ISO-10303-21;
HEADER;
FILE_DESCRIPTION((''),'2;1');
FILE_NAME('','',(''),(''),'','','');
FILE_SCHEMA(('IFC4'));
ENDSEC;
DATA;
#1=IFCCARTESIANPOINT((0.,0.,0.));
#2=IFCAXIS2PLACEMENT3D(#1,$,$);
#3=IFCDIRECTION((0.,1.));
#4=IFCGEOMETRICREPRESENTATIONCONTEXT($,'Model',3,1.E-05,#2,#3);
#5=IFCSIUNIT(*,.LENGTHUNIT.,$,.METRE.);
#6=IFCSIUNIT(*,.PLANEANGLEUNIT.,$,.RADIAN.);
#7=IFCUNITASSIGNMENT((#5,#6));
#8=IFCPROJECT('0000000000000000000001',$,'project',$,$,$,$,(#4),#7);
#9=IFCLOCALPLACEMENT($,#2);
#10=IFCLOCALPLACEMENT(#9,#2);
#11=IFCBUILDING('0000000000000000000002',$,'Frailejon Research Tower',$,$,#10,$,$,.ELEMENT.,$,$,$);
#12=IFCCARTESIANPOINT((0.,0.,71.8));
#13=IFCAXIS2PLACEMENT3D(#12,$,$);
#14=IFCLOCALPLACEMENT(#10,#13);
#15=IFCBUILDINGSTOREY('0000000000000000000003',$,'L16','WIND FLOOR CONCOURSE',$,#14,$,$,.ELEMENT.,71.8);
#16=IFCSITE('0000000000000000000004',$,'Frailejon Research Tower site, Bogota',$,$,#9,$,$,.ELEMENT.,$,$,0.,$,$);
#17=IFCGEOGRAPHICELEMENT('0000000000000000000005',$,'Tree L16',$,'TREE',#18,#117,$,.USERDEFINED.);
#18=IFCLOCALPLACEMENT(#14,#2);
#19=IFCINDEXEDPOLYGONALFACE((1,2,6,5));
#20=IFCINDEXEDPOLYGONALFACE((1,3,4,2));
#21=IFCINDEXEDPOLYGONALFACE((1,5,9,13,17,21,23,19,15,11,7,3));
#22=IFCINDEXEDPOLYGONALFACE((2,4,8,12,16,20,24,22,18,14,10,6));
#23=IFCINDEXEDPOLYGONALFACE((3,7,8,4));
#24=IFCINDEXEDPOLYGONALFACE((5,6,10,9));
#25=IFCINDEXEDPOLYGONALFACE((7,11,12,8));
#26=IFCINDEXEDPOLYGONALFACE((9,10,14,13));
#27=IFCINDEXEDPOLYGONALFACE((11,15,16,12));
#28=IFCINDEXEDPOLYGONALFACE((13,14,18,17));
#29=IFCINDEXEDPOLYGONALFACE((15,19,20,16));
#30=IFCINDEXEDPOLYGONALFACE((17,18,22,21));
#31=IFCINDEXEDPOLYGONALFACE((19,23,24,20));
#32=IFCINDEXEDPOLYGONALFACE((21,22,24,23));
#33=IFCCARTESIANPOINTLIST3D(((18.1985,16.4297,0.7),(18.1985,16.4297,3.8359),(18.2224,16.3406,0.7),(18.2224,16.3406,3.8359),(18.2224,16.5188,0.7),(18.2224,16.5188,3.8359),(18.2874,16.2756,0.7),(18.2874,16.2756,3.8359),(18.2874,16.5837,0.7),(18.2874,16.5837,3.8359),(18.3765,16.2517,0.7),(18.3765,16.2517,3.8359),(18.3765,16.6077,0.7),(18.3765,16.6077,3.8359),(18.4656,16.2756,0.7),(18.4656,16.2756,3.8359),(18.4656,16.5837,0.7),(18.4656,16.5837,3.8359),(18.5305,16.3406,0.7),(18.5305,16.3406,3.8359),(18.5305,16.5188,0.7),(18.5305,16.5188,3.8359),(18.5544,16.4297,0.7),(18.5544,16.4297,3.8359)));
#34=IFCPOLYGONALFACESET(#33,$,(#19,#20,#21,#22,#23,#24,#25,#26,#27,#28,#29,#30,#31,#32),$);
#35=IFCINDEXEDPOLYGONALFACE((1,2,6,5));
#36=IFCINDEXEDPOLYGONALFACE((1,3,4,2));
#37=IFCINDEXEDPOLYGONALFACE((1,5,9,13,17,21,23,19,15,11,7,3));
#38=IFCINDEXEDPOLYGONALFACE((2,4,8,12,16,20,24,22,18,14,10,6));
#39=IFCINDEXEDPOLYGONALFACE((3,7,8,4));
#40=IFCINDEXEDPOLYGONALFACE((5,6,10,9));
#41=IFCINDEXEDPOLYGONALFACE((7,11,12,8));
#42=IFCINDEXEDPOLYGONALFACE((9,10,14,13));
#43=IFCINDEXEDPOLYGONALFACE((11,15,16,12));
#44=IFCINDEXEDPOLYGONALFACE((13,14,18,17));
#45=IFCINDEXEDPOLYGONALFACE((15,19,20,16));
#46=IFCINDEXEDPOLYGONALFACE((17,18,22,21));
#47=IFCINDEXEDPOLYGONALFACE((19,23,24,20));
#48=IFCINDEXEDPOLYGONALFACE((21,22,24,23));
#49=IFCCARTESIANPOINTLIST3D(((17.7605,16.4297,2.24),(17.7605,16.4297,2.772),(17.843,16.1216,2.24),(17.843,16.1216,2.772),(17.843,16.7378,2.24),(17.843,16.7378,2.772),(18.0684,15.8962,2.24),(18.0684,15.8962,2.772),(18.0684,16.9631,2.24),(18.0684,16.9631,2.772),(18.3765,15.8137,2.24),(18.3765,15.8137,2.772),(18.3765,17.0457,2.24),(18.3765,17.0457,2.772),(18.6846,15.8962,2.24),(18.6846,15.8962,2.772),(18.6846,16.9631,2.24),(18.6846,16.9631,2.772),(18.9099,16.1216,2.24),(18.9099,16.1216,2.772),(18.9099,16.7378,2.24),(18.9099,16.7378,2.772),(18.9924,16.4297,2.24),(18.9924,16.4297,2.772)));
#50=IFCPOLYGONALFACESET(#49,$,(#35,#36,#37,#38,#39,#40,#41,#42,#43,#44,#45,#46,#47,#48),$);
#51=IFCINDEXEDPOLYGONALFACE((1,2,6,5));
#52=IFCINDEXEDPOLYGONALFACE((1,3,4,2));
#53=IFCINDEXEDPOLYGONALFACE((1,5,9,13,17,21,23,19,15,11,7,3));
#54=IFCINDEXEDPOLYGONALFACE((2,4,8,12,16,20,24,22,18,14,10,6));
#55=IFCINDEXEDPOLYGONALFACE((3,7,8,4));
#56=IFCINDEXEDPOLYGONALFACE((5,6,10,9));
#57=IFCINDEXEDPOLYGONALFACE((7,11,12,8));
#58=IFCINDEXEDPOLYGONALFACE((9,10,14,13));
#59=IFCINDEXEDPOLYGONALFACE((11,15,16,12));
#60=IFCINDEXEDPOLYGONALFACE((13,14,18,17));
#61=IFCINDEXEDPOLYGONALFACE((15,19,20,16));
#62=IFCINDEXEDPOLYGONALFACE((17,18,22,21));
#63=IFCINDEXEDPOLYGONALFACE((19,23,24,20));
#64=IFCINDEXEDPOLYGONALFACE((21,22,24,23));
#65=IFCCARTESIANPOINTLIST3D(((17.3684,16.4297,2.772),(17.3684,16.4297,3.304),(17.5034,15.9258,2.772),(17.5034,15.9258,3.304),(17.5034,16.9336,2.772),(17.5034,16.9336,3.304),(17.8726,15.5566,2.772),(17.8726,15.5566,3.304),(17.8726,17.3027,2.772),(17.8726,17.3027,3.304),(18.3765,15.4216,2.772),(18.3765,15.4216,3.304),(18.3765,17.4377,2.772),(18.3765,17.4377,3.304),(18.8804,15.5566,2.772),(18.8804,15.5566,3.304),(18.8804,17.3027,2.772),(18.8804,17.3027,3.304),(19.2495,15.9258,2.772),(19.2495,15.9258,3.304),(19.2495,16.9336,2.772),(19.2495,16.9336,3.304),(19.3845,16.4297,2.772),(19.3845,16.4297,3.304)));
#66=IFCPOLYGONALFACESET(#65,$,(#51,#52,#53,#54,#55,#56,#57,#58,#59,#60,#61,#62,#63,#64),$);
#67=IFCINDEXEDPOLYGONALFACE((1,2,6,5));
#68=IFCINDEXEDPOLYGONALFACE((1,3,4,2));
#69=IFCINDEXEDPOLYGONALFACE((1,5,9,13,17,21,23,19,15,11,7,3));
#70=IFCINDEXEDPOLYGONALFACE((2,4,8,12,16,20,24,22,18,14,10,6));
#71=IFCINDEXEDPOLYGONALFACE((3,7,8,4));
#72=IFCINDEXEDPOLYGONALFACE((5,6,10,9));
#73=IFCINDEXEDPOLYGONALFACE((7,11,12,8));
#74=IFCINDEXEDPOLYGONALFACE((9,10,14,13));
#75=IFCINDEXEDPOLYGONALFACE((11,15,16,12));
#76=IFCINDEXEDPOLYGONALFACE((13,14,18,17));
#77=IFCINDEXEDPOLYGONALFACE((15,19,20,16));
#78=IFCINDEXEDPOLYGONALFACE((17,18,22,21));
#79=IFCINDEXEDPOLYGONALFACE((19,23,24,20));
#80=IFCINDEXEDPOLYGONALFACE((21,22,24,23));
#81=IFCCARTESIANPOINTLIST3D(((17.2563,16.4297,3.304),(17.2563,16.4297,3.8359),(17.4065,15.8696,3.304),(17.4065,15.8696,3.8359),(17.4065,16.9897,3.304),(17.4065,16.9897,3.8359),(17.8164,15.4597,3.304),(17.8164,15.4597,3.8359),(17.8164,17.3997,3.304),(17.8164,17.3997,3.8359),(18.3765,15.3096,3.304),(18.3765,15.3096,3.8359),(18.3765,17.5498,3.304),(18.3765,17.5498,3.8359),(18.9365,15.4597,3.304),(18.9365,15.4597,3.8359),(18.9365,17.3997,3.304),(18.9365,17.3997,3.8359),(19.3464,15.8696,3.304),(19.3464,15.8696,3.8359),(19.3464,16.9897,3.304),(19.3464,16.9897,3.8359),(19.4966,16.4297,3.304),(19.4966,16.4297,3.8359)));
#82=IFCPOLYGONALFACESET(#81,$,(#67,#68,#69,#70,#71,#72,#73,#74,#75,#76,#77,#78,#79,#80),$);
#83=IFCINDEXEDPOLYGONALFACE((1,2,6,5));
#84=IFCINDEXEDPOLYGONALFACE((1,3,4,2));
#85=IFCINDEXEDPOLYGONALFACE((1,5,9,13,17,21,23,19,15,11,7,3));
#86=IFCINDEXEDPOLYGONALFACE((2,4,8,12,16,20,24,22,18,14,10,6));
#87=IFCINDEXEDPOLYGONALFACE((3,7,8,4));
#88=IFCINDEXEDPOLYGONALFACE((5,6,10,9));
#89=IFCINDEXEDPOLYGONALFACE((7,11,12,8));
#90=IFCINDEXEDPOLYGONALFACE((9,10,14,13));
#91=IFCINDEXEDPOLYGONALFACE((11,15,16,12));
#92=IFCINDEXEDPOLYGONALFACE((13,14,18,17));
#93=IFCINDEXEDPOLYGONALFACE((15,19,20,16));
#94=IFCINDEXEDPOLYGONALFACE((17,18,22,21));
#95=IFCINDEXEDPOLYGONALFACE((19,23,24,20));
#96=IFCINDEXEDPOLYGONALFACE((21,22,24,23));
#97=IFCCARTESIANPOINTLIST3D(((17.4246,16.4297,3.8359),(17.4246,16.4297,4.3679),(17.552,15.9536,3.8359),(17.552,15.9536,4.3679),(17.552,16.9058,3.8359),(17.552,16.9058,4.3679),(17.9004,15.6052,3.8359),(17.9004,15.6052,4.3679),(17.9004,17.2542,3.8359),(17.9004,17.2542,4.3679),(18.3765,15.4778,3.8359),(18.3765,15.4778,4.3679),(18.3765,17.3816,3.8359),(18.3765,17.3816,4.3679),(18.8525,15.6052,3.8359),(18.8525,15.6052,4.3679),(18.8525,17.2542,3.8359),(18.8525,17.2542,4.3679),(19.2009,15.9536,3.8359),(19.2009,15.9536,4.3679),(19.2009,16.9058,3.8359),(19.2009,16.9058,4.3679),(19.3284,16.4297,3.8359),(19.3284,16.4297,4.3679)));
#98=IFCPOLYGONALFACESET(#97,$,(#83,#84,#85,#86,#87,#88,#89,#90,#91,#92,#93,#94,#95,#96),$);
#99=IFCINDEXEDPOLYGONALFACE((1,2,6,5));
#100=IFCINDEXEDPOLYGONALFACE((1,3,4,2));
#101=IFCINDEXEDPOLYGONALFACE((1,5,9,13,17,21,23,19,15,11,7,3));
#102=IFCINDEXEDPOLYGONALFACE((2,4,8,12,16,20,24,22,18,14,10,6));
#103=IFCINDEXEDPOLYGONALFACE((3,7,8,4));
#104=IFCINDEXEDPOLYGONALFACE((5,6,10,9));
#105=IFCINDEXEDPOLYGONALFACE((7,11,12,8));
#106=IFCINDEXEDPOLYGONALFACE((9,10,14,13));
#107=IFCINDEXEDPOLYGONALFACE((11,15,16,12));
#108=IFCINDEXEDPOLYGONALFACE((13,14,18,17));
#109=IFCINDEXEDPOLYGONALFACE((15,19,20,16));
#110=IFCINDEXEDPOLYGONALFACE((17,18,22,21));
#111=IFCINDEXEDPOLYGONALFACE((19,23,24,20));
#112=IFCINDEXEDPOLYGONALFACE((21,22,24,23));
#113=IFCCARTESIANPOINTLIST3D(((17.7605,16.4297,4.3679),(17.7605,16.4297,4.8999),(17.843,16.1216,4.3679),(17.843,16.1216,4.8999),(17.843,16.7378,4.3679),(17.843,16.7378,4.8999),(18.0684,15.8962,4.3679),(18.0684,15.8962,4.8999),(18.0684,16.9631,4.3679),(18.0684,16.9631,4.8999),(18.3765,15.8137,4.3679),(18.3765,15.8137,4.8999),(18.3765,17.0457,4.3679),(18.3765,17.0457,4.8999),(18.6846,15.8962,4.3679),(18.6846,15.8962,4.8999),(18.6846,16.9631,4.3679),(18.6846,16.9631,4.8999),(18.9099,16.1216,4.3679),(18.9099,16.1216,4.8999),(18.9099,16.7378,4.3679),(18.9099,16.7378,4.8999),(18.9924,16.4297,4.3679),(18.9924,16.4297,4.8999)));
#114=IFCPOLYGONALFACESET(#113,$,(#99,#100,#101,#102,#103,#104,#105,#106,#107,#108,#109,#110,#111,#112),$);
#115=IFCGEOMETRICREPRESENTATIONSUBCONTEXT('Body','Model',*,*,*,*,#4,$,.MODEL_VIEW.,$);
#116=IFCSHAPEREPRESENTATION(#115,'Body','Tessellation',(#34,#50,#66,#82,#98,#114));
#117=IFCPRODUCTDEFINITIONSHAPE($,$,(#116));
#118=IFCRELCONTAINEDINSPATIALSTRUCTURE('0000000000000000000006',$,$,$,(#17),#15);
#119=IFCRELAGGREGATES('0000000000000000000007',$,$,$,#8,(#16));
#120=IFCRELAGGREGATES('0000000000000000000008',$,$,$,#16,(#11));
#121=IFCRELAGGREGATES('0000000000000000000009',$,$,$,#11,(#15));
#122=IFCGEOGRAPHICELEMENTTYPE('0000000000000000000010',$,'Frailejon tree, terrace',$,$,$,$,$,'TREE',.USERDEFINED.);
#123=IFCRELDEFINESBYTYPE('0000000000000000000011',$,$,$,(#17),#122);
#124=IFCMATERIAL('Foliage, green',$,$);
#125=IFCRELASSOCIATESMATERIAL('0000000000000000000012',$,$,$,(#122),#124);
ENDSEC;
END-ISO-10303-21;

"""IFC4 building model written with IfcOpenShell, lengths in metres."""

from ifc_helpers import new_model, si_unit, direction, frame, origin, place, context, subcontext, project, spatial, polyline, outline, extrude, material, type_object, element, save


model = new_model("IFC4")

# Units and contexts
model_context = context("Model", 3, precision=1e-05, world=origin(), true_north=direction((0.0, 1.0)))
body_context = subcontext(model_context, "Body", "Model", "MODEL_VIEW")
ifc_project = project(units=[si_unit("LENGTHUNIT", "METRE"), si_unit("PLANEANGLEUNIT", "RADIAN")], contexts=[model_context])

# Site, building, storey
site_placement = place(None, origin())
site = spatial("IfcSite", under=ifc_project, at=site_placement, Name="Frailejon Research Tower site, Bogota", CompositionType="ELEMENT", RefElevation=0.0)
building_placement = place(site_placement, origin())
building = spatial("IfcBuilding", under=site, at=building_placement, Name="Frailejon Research Tower", CompositionType="ELEMENT")
storey_placement = place(building_placement, frame((0.0, 0.0, 71.8)))
storey = spatial("IfcBuildingStorey", under=building, at=storey_placement, Name="L16", Description="WIND FLOOR CONCOURSE", CompositionType="ELEMENT", Elevation=71.8)

# Geographic element
ifc_material_1 = material(Name="Foliage, green")
geographic_element_type = type_object("IfcGeographicElementType", Name="Frailejon tree, terrace", ElementType="TREE", PredefinedType="USERDEFINED", material=ifc_material_1)
geographic_element_1_placement = place(storey_placement, frame((18.3765, 16.4297, 0.7)))
element("IfcGeographicElement", 1, at=geographic_element_1_placement, inside=storey, type_object=geographic_element_type, Name="Tree L16", ObjectType="TREE", PredefinedType="USERDEFINED", context=body_context, shape_type="SweptSolid", body=[
    extrude(outline(polyline([(0.178, 0.0), (0.1541, 0.0891), (0.0891, 0.1541), (0.0, 0.178), (-0.0891, 0.1541), (-0.1541, 0.0891), (-0.178, 0.0), (-0.1541, -0.0891), (-0.0891, -0.1541), (0.0, -0.178), (0.0891, -0.1541), (0.1541, -0.0891), (0.178, 0.0)])), origin(), (0.0, 0.0, 1.0), 3.136),
    extrude(outline(polyline([(0.616, 0.0), (0.5334, 0.3081), (0.3081, 0.5334), (0.0, 0.616), (-0.3081, 0.5334), (-0.5334, 0.3081), (-0.616, 0.0), (-0.5334, -0.3081), (-0.3081, -0.5334), (0.0, -0.616), (0.3081, -0.5334), (0.5334, -0.3081), (0.616, 0.0)])), frame((0.0, 0.0, 1.54)), (0.0, 0.0, 1.0), 0.532),
    extrude(outline(polyline([(1.0081, 0.0), (0.873, 0.5039), (0.5039, 0.873), (0.0, 1.0081), (-0.5039, 0.873), (-0.873, 0.5039), (-1.0081, 0.0), (-0.873, -0.5039), (-0.5039, -0.873), (0.0, -1.0081), (0.5039, -0.873), (0.873, -0.5039), (1.0081, 0.0)])), frame((0.0, 0.0, 2.072)), (0.0, 0.0, 1.0), 0.532),
    extrude(outline(polyline([(1.1201, 0.0), (0.97, 0.5601), (0.5601, 0.97), (0.0, 1.1201), (-0.5601, 0.97), (-0.97, 0.5601), (-1.1201, 0.0), (-0.97, -0.5601), (-0.5601, -0.97), (0.0, -1.1201), (0.5601, -0.97), (0.97, -0.5601), (1.1201, 0.0)])), frame((0.0, 0.0, 2.604)), (0.0, 0.0, 1.0), 0.532),
    extrude(outline(polyline([(0.9519, 0.0), (0.8245, 0.4761), (0.4761, 0.8245), (0.0, 0.9519), (-0.4761, 0.8245), (-0.8245, 0.4761), (-0.9519, 0.0), (-0.8245, -0.4761), (-0.4761, -0.8245), (0.0, -0.9519), (0.4761, -0.8245), (0.8245, -0.4761), (0.9519, 0.0)])), frame((0.0, 0.0, 3.136)), (0.0, 0.0, 1.0), 0.532),
    extrude(outline(polyline([(0.616, 0.0), (0.5334, 0.3081), (0.3081, 0.5334), (0.0, 0.616), (-0.3081, 0.5334), (-0.5334, 0.3081), (-0.616, 0.0), (-0.5334, -0.3081), (-0.3081, -0.5334), (0.0, -0.616), (0.3081, -0.5334), (0.5334, -0.3081), (0.616, 0.0)])), frame((0.0, 0.0, 3.668)), (0.0, 0.0, 1.0), 0.532),
])

save(model, "model.ifc")
